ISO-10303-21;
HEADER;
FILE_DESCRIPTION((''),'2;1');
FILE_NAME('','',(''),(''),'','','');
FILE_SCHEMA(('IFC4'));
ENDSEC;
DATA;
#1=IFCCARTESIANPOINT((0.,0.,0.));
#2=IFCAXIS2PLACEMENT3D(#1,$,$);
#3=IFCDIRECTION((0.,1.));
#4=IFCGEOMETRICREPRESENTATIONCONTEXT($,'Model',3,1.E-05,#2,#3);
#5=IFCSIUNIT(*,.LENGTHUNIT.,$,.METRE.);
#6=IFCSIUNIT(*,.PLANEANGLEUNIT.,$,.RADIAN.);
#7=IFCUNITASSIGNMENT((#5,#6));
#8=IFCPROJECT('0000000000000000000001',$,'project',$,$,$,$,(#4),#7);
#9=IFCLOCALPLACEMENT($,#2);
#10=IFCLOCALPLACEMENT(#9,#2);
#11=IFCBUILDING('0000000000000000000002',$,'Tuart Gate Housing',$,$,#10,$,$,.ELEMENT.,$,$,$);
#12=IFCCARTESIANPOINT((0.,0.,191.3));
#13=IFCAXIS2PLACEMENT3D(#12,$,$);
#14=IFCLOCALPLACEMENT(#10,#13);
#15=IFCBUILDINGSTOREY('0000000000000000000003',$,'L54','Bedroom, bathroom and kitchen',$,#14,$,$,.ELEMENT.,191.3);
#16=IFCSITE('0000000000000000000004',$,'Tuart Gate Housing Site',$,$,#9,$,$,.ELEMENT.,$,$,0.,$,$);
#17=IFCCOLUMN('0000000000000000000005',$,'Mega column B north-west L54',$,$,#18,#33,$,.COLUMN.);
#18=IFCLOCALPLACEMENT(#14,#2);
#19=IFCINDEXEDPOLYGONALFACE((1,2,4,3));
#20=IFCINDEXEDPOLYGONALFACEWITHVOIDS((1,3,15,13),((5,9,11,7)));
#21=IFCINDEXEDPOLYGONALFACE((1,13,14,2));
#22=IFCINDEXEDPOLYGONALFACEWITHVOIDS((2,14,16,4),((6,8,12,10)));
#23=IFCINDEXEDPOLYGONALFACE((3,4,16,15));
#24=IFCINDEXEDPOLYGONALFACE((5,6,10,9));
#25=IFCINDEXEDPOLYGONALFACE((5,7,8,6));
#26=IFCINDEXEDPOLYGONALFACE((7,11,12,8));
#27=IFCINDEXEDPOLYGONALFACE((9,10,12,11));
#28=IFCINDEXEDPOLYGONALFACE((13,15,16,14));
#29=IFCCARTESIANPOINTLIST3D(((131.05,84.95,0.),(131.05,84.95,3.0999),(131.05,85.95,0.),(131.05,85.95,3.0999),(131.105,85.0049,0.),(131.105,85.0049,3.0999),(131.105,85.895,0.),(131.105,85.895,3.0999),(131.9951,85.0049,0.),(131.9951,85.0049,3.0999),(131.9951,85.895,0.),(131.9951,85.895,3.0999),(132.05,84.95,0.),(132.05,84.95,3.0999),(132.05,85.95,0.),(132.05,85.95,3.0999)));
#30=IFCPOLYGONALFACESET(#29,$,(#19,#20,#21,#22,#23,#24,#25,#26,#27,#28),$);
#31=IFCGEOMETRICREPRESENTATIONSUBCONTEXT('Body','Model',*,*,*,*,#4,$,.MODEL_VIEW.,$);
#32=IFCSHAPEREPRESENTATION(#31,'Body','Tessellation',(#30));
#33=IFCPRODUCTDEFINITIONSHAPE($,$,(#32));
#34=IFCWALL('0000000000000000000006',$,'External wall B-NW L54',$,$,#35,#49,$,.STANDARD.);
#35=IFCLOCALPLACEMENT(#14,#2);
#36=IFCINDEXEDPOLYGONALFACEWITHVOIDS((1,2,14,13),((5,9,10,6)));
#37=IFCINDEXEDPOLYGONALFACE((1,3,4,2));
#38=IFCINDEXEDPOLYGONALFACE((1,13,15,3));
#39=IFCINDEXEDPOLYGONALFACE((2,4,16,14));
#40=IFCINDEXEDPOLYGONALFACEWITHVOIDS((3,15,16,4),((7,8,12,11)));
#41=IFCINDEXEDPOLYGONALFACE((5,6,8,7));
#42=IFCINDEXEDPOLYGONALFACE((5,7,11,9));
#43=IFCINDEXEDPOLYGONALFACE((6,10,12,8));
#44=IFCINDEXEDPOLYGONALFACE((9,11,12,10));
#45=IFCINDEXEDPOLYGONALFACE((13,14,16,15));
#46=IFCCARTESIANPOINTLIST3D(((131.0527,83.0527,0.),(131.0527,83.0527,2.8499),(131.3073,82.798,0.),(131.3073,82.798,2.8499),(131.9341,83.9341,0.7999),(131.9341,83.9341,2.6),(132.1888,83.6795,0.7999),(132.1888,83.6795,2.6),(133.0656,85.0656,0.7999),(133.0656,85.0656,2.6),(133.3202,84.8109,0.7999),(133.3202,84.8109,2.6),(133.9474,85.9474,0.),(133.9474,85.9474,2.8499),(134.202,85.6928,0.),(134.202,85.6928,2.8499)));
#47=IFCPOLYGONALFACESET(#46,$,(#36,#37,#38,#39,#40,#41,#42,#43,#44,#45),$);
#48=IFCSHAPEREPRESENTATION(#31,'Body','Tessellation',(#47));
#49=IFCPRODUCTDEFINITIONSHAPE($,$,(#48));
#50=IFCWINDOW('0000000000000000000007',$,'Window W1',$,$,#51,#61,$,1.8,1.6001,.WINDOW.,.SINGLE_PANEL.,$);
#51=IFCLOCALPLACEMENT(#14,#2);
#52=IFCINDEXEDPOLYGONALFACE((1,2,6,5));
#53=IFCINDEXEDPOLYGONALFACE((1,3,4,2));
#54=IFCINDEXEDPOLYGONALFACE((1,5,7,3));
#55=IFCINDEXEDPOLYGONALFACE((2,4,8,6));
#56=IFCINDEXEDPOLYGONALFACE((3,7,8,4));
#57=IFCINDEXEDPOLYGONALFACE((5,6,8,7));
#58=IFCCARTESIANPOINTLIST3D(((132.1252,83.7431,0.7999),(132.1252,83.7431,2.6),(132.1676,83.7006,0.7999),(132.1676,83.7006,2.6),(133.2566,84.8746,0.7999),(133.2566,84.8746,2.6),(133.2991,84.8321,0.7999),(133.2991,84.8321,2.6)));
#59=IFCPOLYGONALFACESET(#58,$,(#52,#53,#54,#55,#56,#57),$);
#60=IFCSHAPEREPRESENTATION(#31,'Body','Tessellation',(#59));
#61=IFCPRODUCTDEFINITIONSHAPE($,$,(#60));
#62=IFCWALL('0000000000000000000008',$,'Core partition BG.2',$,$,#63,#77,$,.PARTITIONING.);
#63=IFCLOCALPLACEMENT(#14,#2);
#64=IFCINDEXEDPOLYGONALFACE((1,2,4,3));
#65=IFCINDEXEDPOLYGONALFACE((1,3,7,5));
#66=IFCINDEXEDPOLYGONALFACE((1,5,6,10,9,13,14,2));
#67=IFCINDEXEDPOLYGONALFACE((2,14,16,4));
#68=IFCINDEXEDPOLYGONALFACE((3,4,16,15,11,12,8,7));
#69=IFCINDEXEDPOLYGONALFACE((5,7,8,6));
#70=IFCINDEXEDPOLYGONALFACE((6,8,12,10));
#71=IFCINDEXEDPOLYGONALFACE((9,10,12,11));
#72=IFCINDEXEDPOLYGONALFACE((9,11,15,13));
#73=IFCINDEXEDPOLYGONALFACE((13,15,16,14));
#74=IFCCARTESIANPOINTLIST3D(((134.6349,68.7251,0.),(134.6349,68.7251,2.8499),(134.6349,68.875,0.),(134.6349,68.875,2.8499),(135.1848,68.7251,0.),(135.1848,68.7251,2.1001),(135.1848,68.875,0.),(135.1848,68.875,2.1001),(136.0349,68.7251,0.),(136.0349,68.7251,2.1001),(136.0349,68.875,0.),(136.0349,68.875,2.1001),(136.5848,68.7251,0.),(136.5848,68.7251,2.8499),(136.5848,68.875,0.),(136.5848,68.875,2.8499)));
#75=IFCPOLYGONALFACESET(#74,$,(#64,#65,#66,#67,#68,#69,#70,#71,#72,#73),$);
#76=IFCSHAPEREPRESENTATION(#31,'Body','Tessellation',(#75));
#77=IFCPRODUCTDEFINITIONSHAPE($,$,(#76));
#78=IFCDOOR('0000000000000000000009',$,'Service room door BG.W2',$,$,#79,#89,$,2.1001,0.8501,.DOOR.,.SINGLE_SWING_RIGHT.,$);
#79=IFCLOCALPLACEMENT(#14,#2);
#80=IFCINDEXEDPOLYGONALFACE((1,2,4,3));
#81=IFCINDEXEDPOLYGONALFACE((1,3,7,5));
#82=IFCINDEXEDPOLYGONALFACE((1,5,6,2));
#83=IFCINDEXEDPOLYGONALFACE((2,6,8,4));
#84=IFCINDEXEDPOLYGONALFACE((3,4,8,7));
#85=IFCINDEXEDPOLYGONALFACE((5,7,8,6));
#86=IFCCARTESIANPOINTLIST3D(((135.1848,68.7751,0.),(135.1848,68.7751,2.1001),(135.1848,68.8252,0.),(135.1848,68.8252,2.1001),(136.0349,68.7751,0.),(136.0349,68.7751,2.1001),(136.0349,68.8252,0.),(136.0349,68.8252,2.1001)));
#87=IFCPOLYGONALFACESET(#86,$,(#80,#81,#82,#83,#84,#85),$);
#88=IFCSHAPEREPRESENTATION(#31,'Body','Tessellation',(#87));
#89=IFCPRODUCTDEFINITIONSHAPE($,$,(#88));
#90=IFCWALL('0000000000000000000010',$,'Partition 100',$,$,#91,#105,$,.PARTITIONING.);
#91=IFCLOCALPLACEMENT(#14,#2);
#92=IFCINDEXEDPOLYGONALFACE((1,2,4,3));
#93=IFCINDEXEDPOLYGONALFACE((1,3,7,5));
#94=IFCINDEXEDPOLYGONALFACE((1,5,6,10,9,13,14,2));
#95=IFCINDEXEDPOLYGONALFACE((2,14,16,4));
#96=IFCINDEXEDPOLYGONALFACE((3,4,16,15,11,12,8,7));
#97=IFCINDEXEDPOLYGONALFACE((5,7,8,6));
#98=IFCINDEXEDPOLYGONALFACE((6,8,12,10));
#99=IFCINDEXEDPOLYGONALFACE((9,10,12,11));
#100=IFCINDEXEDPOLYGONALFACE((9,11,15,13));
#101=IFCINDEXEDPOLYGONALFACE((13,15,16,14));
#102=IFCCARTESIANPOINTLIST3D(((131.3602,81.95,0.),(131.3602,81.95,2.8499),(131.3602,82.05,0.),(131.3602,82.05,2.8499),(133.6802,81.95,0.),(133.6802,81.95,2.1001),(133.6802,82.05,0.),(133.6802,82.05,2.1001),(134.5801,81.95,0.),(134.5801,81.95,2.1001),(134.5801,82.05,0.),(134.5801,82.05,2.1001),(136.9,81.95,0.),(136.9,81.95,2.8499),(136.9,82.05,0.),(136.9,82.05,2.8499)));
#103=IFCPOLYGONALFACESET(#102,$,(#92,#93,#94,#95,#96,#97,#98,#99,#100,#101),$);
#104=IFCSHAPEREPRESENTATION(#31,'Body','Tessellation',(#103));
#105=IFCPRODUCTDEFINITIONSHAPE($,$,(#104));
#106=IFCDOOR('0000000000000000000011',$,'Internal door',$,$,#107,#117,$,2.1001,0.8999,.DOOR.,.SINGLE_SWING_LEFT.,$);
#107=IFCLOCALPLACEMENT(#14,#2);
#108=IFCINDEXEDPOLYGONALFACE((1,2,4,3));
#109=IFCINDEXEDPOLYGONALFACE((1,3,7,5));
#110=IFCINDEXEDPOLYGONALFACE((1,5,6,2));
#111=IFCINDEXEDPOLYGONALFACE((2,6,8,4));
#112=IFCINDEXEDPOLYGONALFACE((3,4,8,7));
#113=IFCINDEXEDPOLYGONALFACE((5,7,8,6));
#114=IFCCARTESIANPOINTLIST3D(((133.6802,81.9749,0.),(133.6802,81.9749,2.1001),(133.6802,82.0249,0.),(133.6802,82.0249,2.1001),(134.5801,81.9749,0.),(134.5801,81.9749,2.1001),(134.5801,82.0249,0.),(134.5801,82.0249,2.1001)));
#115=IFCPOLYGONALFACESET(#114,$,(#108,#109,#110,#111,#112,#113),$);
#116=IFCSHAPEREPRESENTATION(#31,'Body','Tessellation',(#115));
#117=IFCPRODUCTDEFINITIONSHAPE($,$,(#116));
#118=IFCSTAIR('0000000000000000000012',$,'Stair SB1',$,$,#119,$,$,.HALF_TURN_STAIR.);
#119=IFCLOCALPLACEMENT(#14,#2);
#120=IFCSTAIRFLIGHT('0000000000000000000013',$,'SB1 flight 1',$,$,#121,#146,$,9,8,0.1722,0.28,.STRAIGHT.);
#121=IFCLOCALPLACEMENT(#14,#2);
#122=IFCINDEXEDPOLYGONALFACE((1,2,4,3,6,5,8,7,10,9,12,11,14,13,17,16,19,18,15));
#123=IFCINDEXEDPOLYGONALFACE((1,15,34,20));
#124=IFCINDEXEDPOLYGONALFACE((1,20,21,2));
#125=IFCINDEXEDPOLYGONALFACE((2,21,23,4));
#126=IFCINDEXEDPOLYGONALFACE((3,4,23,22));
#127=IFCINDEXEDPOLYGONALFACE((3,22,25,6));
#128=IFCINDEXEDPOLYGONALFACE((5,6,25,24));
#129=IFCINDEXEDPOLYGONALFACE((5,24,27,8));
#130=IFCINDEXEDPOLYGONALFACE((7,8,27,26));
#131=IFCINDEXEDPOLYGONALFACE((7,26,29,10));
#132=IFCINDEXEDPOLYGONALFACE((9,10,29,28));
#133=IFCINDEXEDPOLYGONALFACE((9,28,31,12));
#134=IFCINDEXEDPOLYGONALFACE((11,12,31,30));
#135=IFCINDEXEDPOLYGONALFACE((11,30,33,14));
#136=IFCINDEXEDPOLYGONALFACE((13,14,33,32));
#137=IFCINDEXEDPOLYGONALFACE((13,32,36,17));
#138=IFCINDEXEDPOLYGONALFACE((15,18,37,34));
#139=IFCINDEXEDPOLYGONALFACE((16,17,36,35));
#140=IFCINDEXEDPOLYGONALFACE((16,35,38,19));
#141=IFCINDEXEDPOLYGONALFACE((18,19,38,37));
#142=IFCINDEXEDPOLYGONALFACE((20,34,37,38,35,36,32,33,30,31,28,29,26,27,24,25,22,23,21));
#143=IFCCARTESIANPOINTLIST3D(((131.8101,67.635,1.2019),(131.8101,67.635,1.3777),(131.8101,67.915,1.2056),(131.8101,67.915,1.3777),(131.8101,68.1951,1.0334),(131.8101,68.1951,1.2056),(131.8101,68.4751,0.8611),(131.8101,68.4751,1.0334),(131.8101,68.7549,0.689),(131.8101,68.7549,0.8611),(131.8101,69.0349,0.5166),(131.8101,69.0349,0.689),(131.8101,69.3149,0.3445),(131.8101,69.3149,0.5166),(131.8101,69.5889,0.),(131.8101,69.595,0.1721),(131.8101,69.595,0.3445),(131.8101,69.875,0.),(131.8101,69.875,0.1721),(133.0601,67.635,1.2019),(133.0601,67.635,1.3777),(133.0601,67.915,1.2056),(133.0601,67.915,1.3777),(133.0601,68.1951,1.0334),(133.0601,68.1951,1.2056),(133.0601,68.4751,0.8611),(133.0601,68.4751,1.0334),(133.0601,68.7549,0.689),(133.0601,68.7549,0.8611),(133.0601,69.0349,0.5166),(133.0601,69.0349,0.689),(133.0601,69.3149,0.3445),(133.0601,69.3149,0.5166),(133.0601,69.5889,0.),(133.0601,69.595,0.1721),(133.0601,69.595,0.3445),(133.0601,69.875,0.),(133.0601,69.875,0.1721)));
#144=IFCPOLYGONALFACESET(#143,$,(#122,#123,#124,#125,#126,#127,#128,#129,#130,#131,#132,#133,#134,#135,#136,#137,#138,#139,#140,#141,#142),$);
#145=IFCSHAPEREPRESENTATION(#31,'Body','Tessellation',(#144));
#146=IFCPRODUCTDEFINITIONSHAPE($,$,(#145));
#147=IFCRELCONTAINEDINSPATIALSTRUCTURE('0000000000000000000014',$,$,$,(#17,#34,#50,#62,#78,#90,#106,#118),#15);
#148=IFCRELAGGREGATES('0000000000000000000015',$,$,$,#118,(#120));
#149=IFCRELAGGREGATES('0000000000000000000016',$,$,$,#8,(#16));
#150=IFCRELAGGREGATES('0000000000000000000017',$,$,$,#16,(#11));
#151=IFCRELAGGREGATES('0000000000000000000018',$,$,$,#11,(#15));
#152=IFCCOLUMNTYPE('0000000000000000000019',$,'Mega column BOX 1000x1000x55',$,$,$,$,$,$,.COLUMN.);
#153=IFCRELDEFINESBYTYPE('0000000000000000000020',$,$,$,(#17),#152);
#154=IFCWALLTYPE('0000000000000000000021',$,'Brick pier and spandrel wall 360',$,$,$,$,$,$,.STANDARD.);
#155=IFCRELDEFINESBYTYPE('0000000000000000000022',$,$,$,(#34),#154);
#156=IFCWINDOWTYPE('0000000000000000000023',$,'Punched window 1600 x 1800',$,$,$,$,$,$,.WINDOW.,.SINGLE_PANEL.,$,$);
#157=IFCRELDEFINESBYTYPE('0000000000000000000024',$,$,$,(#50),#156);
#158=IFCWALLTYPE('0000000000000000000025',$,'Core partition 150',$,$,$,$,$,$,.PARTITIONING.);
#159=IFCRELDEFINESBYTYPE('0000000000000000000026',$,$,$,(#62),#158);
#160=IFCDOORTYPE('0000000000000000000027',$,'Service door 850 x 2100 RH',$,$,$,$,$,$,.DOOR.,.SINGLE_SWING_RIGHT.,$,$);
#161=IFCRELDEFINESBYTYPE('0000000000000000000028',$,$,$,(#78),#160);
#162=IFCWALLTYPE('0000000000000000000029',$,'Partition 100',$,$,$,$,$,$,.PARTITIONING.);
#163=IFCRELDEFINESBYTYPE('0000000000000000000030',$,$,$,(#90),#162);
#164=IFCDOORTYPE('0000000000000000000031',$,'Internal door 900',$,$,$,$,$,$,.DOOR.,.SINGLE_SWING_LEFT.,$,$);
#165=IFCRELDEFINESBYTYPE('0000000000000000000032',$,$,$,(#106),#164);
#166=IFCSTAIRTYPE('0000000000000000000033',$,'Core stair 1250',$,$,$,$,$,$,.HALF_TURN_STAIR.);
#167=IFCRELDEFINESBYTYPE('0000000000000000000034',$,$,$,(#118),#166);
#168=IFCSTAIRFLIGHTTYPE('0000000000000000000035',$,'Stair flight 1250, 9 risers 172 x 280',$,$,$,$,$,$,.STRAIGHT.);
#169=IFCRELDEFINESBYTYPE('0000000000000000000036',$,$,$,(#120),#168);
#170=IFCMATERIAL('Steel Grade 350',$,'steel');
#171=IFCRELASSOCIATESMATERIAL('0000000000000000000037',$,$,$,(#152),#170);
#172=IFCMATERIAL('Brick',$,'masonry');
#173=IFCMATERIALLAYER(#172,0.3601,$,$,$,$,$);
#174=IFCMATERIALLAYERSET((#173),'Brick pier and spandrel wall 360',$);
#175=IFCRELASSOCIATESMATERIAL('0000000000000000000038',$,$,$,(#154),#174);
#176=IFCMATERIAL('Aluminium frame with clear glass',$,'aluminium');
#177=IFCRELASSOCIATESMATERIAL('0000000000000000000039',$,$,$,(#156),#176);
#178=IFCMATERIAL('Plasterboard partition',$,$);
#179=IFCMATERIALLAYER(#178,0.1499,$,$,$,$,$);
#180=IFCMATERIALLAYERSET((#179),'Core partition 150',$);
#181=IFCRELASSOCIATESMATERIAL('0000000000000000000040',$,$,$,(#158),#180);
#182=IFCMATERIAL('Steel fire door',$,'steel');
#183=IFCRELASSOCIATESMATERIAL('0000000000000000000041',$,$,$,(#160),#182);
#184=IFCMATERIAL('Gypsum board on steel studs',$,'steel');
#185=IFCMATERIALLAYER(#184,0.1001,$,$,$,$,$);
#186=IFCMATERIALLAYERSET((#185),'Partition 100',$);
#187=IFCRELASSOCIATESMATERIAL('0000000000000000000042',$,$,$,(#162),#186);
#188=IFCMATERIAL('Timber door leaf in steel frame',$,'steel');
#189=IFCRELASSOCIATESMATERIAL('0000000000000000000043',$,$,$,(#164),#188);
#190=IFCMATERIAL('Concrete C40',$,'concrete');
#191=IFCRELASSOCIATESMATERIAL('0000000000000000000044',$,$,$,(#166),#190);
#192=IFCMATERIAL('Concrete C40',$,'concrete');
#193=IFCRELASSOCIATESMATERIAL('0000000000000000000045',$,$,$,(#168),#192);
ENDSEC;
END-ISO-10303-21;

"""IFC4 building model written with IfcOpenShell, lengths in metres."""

from ifc_helpers import new_model, si_unit, direction, frame, frame_2d, origin, origin_2d, place, context, subcontext, project, spatial, polyline, rectangle, hollow_rectangle, outline, extrude, material, layer, layer_set, material_profile, profile_set, type_object, element, fill, aggregate, save


model = new_model("IFC4")

# Units and contexts
model_context = context("Model", 3, precision=1e-05, world=origin(), true_north=direction((0.0, 1.0)))
body_context = subcontext(model_context, "Body", "Model", "MODEL_VIEW")
ifc_project = project(units=[si_unit("LENGTHUNIT", "METRE"), si_unit("PLANEANGLEUNIT", "RADIAN")], contexts=[model_context])

# Site, building, storey
site_placement = place(None, origin())
site = spatial("IfcSite", under=ifc_project, at=site_placement, Name="Tuart Gate Housing Site", CompositionType="ELEMENT", RefElevation=0.0)
building_placement = place(site_placement, origin())
building = spatial("IfcBuilding", under=site, at=building_placement, Name="Tuart Gate Housing", CompositionType="ELEMENT")
storey_placement = place(building_placement, frame((0.0, 0.0, 191.3)))
storey = spatial("IfcBuildingStorey", under=building, at=storey_placement, Name="L54", Description="Bedroom, bathroom and kitchen", CompositionType="ELEMENT", Elevation=191.3)

# Column
ifc_material_1 = material(Name="Steel Grade 350", Category="steel")
ifc_material_profile = material_profile(ifc_material_1, hollow_rectangle(XDim=1.0, YDim=1.0, WallThickness=0.0549, at=origin_2d()), Name="BOX 1000x1000x55")
ifc_profile_set = profile_set([ifc_material_profile], Name="Steel Grade 350")
column_type = type_object("IfcColumnType", Name="Mega column BOX 1000x1000x55", PredefinedType="COLUMN", material=ifc_profile_set)
column_placement = place(storey_placement, frame((131.55, 85.45, 0.0), z_axis=(0.0, 0.0, 1.0), x_axis=(1.0, 0.0, 0.0)))
element("IfcColumn", 1, at=column_placement, inside=storey, type_object=column_type, Name="Mega column B north-west L54", PredefinedType="COLUMN", context=body_context, shape_type="SweptSolid", body=[
    extrude(hollow_rectangle(XDim=1.0, YDim=1.0, WallThickness=0.0549, at=origin_2d()), origin(), (0.0, 0.0, 1.0), 3.0999),
])

# Wall, opening, window
ifc_material_2 = material(Name="Brick", Category="masonry")
ifc_layer_1 = layer(ifc_material_2, 0.3601)
ifc_layer_set_1 = layer_set([ifc_layer_1], Name="Brick pier and spandrel wall 360")
wall_type_1 = type_object("IfcWallType", Name="Brick pier and spandrel wall 360", PredefinedType="STANDARD", material=ifc_layer_set_1)
wall_1_placement = place(storey_placement, frame((134.0747, 85.8201, 0.0), z_axis=(0.0, 0.0, 1.0), x_axis=(-0.707107, -0.707107, 0.0)))
wall_1 = element("IfcWall", 2, at=wall_1_placement, inside=storey, type_object=wall_type_1, Name="External wall B-NW L54", PredefinedType="STANDARD", context=body_context, shape_type="SweptSolid", body=[
    extrude(rectangle(XDim=4.0938, YDim=0.3601, at=frame_2d((2.0469, 0.0))), origin(), (0.0, 0.0, 1.0), 2.8499),
])
opening_1_placement = place(wall_1_placement, frame((1.2471, 0.0, 0.8)))
opening_1 = element("IfcOpeningElement", 3, at=opening_1_placement, cuts=wall_1, PredefinedType="OPENING", context=body_context, shape_type="SweptSolid", body=[
    extrude(rectangle(XDim=1.6001, YDim=1.8, at=frame_2d((0.8, 0.8999))), frame((0.0, 0.1899, 0.0), z_axis=(0.0, -1.0, 0.0), x_axis=(1.0, 0.0, 0.0)), (0.0, 0.0, 1.0), 0.3801),
])
ifc_material_3 = material(Name="Aluminium frame with clear glass", Category="aluminium")
window_type = type_object("IfcWindowType", Name="Punched window 1600 x 1800", PartitioningType="SINGLE_PANEL", PredefinedType="WINDOW", material=ifc_material_3)
window_placement = place(opening_1_placement, origin())
window = element("IfcWindow", 4, at=window_placement, inside=storey, type_object=window_type, Name="Window W1", OverallHeight=1.8, OverallWidth=1.6001, PartitioningType="SINGLE_PANEL", PredefinedType="WINDOW", context=body_context, shape_type="SweptSolid", body=[
    extrude(rectangle(XDim=1.6001, YDim=1.8, at=frame_2d((0.8, 0.8999))), frame((0.0, 0.1501, 0.0), z_axis=(0.0, -1.0, 0.0), x_axis=(1.0, 0.0, 0.0)), (0.0, 0.0, 1.0), 0.0601),
])
fill(opening_1, window)

# Walls, openings, doors
ifc_material_4 = material(Name="Plasterboard partition")
ifc_layer_2 = layer(ifc_material_4, 0.1499)
ifc_layer_set_2 = layer_set([ifc_layer_2], Name="Core partition 150")
wall_type_2 = type_object("IfcWallType", Name="Core partition 150", PredefinedType="PARTITIONING", material=ifc_layer_set_2)
wall_2_placement = place(storey_placement, frame((136.585, 68.8, 0.0), z_axis=(0.0, 0.0, 1.0), x_axis=(-1.0, 0.0, 0.0)))
wall_2 = element("IfcWall", 5, at=wall_2_placement, inside=storey, type_object=wall_type_2, Name="Core partition BG.2", PredefinedType="PARTITIONING", context=body_context, shape_type="SweptSolid", body=[
    extrude(rectangle(XDim=1.95, YDim=0.1499, at=frame_2d((0.9751, 0.0))), origin(), (0.0, 0.0, 1.0), 2.8499),
])
opening_2_placement = place(wall_2_placement, frame((0.55, 0.0, 0.0)))
opening_2 = element("IfcOpeningElement", 6, at=opening_2_placement, cuts=wall_2, PredefinedType="OPENING", context=body_context, shape_type="SweptSolid", body=[
    extrude(rectangle(XDim=0.8501, YDim=2.1001, at=frame_2d((0.425, 1.05))), frame((0.0, 0.085, 0.0), z_axis=(0.0, -1.0, 0.0), x_axis=(1.0, 0.0, 0.0)), (0.0, 0.0, 1.0), 0.1699),
])
ifc_material_5 = material(Name="Steel fire door", Category="steel")
door_type_1 = type_object("IfcDoorType", Name="Service door 850 x 2100 RH", OperationType="SINGLE_SWING_RIGHT", PredefinedType="DOOR", material=ifc_material_5)
door_1_placement = place(opening_2_placement, frame((0.8501, 0.0, 0.0), z_axis=(0.0, 0.0, 1.0), x_axis=(-1.0, 0.0, 0.0)))
door_1 = element("IfcDoor", 7, at=door_1_placement, inside=storey, type_object=door_type_1, Name="Service room door BG.W2", OperationType="SINGLE_SWING_RIGHT", OverallHeight=2.1001, OverallWidth=0.8501, PredefinedType="DOOR", context=body_context, shape_type="SweptSolid", body=[
    extrude(rectangle(XDim=0.8501, YDim=2.1001, at=frame_2d((0.425, 1.05))), frame((0.0, 0.0251, 0.0), z_axis=(0.0, -1.0, 0.0), x_axis=(1.0, 0.0, 0.0)), (0.0, 0.0, 1.0), 0.05),
])
fill(opening_2, door_1)
ifc_material_6 = material(Name="Gypsum board on steel studs", Category="steel")
ifc_layer_3 = layer(ifc_material_6, 0.1001)
ifc_layer_set_3 = layer_set([ifc_layer_3], Name="Partition 100")
wall_type_3 = type_object("IfcWallType", Name="Partition 100", PredefinedType="PARTITIONING", material=ifc_layer_set_3)
wall_3_placement = place(storey_placement, frame((131.3601, 82.0, 0.0), z_axis=(0.0, 0.0, 1.0), x_axis=(1.0, 0.0, 0.0)))
wall_3 = element("IfcWall", 8, at=wall_3_placement, inside=storey, type_object=wall_type_3, Name="Partition 100", PredefinedType="PARTITIONING", context=body_context, shape_type="SweptSolid", body=[
    extrude(rectangle(XDim=5.5398, YDim=0.1001, at=frame_2d((2.77, 0.0))), origin(), (0.0, 0.0, 1.0), 2.8499),
])
opening_3_placement = place(wall_3_placement, frame((2.3201, 0.0, 0.0)))
opening_3 = element("IfcOpeningElement", 9, at=opening_3_placement, cuts=wall_3, PredefinedType="OPENING", context=body_context, shape_type="SweptSolid", body=[
    extrude(rectangle(XDim=0.8999, YDim=2.1001, at=frame_2d((0.45, 1.05))), frame((0.0, 0.0601, 0.0), z_axis=(0.0, -1.0, 0.0), x_axis=(1.0, 0.0, 0.0)), (0.0, 0.0, 1.0), 0.1201),
])
ifc_material_7 = material(Name="Timber door leaf in steel frame", Category="steel")
door_type_2 = type_object("IfcDoorType", Name="Internal door 900", OperationType="SINGLE_SWING_LEFT", PredefinedType="DOOR", material=ifc_material_7)
door_2_placement = place(opening_3_placement, origin())
door_2 = element("IfcDoor", 10, at=door_2_placement, inside=storey, type_object=door_type_2, Name="Internal door", OperationType="SINGLE_SWING_LEFT", OverallHeight=2.1001, OverallWidth=0.8999, PredefinedType="DOOR", context=body_context, shape_type="SweptSolid", body=[
    extrude(rectangle(XDim=0.8999, YDim=2.1001, at=frame_2d((0.45, 1.05))), frame((0.0, 0.0249, 0.0), z_axis=(0.0, -1.0, 0.0), x_axis=(1.0, 0.0, 0.0)), (0.0, 0.0, 1.0), 0.05),
])
fill(opening_3, door_2)

# Stair, stair flight
ifc_material_8 = material(Name="Concrete C40", Category="concrete")
stair_type = type_object("IfcStairType", Name="Core stair 1250", PredefinedType="HALF_TURN_STAIR", material=ifc_material_8)
stair_placement = place(storey_placement, origin())
stair = element("IfcStair", 11, at=stair_placement, inside=storey, type_object=stair_type, Name="Stair SB1", PredefinedType="HALF_TURN_STAIR")
ifc_material_9 = material(Name="Concrete C40", Category="concrete")
stair_flight_type = type_object("IfcStairFlightType", Name="Stair flight 1250, 9 risers 172 x 280", PredefinedType="STRAIGHT", material=ifc_material_9)
stair_flight_1_placement = place(storey_placement, frame((132.4351, 69.875, 0.0), z_axis=(0.0, 0.0, 1.0), x_axis=(0.0, -1.0, 0.0)))
stair_flight_1 = element("IfcStairFlight", 12, at=stair_flight_1_placement, type_object=stair_flight_type, Name="SB1 flight 1", NumberOfRisers=9, NumberOfTreads=8, PredefinedType="STRAIGHT", RiserHeight=0.1722, TreadLength=0.28, context=body_context, shape_type="SweptSolid", body=[
    extrude(outline(polyline([(0.0, 0.0), (0.0, 0.1721), (0.28, 0.1721), (0.28, 0.3445), (0.5601, 0.3445), (0.5601, 0.5166), (0.8401, 0.5166), (0.8401, 0.689), (1.1201, 0.689), (1.1201, 0.8611), (1.3999, 0.8611), (1.3999, 1.0334), (1.6799, 1.0334), (1.6799, 1.2056), (1.96, 1.2056), (1.96, 1.3777), (2.24, 1.3777), (2.24, 1.55), (2.24, 1.2019), (0.2861, 0.0), (0.0, 0.0)])), frame((0.0, 0.625, 0.0), z_axis=(0.0, -1.0, 0.0), x_axis=(1.0, 0.0, 0.0)), (0.0, 0.0, 1.0), 1.25),
])
aggregate(stair, [stair_flight_1])

save(model, "model.ifc")
